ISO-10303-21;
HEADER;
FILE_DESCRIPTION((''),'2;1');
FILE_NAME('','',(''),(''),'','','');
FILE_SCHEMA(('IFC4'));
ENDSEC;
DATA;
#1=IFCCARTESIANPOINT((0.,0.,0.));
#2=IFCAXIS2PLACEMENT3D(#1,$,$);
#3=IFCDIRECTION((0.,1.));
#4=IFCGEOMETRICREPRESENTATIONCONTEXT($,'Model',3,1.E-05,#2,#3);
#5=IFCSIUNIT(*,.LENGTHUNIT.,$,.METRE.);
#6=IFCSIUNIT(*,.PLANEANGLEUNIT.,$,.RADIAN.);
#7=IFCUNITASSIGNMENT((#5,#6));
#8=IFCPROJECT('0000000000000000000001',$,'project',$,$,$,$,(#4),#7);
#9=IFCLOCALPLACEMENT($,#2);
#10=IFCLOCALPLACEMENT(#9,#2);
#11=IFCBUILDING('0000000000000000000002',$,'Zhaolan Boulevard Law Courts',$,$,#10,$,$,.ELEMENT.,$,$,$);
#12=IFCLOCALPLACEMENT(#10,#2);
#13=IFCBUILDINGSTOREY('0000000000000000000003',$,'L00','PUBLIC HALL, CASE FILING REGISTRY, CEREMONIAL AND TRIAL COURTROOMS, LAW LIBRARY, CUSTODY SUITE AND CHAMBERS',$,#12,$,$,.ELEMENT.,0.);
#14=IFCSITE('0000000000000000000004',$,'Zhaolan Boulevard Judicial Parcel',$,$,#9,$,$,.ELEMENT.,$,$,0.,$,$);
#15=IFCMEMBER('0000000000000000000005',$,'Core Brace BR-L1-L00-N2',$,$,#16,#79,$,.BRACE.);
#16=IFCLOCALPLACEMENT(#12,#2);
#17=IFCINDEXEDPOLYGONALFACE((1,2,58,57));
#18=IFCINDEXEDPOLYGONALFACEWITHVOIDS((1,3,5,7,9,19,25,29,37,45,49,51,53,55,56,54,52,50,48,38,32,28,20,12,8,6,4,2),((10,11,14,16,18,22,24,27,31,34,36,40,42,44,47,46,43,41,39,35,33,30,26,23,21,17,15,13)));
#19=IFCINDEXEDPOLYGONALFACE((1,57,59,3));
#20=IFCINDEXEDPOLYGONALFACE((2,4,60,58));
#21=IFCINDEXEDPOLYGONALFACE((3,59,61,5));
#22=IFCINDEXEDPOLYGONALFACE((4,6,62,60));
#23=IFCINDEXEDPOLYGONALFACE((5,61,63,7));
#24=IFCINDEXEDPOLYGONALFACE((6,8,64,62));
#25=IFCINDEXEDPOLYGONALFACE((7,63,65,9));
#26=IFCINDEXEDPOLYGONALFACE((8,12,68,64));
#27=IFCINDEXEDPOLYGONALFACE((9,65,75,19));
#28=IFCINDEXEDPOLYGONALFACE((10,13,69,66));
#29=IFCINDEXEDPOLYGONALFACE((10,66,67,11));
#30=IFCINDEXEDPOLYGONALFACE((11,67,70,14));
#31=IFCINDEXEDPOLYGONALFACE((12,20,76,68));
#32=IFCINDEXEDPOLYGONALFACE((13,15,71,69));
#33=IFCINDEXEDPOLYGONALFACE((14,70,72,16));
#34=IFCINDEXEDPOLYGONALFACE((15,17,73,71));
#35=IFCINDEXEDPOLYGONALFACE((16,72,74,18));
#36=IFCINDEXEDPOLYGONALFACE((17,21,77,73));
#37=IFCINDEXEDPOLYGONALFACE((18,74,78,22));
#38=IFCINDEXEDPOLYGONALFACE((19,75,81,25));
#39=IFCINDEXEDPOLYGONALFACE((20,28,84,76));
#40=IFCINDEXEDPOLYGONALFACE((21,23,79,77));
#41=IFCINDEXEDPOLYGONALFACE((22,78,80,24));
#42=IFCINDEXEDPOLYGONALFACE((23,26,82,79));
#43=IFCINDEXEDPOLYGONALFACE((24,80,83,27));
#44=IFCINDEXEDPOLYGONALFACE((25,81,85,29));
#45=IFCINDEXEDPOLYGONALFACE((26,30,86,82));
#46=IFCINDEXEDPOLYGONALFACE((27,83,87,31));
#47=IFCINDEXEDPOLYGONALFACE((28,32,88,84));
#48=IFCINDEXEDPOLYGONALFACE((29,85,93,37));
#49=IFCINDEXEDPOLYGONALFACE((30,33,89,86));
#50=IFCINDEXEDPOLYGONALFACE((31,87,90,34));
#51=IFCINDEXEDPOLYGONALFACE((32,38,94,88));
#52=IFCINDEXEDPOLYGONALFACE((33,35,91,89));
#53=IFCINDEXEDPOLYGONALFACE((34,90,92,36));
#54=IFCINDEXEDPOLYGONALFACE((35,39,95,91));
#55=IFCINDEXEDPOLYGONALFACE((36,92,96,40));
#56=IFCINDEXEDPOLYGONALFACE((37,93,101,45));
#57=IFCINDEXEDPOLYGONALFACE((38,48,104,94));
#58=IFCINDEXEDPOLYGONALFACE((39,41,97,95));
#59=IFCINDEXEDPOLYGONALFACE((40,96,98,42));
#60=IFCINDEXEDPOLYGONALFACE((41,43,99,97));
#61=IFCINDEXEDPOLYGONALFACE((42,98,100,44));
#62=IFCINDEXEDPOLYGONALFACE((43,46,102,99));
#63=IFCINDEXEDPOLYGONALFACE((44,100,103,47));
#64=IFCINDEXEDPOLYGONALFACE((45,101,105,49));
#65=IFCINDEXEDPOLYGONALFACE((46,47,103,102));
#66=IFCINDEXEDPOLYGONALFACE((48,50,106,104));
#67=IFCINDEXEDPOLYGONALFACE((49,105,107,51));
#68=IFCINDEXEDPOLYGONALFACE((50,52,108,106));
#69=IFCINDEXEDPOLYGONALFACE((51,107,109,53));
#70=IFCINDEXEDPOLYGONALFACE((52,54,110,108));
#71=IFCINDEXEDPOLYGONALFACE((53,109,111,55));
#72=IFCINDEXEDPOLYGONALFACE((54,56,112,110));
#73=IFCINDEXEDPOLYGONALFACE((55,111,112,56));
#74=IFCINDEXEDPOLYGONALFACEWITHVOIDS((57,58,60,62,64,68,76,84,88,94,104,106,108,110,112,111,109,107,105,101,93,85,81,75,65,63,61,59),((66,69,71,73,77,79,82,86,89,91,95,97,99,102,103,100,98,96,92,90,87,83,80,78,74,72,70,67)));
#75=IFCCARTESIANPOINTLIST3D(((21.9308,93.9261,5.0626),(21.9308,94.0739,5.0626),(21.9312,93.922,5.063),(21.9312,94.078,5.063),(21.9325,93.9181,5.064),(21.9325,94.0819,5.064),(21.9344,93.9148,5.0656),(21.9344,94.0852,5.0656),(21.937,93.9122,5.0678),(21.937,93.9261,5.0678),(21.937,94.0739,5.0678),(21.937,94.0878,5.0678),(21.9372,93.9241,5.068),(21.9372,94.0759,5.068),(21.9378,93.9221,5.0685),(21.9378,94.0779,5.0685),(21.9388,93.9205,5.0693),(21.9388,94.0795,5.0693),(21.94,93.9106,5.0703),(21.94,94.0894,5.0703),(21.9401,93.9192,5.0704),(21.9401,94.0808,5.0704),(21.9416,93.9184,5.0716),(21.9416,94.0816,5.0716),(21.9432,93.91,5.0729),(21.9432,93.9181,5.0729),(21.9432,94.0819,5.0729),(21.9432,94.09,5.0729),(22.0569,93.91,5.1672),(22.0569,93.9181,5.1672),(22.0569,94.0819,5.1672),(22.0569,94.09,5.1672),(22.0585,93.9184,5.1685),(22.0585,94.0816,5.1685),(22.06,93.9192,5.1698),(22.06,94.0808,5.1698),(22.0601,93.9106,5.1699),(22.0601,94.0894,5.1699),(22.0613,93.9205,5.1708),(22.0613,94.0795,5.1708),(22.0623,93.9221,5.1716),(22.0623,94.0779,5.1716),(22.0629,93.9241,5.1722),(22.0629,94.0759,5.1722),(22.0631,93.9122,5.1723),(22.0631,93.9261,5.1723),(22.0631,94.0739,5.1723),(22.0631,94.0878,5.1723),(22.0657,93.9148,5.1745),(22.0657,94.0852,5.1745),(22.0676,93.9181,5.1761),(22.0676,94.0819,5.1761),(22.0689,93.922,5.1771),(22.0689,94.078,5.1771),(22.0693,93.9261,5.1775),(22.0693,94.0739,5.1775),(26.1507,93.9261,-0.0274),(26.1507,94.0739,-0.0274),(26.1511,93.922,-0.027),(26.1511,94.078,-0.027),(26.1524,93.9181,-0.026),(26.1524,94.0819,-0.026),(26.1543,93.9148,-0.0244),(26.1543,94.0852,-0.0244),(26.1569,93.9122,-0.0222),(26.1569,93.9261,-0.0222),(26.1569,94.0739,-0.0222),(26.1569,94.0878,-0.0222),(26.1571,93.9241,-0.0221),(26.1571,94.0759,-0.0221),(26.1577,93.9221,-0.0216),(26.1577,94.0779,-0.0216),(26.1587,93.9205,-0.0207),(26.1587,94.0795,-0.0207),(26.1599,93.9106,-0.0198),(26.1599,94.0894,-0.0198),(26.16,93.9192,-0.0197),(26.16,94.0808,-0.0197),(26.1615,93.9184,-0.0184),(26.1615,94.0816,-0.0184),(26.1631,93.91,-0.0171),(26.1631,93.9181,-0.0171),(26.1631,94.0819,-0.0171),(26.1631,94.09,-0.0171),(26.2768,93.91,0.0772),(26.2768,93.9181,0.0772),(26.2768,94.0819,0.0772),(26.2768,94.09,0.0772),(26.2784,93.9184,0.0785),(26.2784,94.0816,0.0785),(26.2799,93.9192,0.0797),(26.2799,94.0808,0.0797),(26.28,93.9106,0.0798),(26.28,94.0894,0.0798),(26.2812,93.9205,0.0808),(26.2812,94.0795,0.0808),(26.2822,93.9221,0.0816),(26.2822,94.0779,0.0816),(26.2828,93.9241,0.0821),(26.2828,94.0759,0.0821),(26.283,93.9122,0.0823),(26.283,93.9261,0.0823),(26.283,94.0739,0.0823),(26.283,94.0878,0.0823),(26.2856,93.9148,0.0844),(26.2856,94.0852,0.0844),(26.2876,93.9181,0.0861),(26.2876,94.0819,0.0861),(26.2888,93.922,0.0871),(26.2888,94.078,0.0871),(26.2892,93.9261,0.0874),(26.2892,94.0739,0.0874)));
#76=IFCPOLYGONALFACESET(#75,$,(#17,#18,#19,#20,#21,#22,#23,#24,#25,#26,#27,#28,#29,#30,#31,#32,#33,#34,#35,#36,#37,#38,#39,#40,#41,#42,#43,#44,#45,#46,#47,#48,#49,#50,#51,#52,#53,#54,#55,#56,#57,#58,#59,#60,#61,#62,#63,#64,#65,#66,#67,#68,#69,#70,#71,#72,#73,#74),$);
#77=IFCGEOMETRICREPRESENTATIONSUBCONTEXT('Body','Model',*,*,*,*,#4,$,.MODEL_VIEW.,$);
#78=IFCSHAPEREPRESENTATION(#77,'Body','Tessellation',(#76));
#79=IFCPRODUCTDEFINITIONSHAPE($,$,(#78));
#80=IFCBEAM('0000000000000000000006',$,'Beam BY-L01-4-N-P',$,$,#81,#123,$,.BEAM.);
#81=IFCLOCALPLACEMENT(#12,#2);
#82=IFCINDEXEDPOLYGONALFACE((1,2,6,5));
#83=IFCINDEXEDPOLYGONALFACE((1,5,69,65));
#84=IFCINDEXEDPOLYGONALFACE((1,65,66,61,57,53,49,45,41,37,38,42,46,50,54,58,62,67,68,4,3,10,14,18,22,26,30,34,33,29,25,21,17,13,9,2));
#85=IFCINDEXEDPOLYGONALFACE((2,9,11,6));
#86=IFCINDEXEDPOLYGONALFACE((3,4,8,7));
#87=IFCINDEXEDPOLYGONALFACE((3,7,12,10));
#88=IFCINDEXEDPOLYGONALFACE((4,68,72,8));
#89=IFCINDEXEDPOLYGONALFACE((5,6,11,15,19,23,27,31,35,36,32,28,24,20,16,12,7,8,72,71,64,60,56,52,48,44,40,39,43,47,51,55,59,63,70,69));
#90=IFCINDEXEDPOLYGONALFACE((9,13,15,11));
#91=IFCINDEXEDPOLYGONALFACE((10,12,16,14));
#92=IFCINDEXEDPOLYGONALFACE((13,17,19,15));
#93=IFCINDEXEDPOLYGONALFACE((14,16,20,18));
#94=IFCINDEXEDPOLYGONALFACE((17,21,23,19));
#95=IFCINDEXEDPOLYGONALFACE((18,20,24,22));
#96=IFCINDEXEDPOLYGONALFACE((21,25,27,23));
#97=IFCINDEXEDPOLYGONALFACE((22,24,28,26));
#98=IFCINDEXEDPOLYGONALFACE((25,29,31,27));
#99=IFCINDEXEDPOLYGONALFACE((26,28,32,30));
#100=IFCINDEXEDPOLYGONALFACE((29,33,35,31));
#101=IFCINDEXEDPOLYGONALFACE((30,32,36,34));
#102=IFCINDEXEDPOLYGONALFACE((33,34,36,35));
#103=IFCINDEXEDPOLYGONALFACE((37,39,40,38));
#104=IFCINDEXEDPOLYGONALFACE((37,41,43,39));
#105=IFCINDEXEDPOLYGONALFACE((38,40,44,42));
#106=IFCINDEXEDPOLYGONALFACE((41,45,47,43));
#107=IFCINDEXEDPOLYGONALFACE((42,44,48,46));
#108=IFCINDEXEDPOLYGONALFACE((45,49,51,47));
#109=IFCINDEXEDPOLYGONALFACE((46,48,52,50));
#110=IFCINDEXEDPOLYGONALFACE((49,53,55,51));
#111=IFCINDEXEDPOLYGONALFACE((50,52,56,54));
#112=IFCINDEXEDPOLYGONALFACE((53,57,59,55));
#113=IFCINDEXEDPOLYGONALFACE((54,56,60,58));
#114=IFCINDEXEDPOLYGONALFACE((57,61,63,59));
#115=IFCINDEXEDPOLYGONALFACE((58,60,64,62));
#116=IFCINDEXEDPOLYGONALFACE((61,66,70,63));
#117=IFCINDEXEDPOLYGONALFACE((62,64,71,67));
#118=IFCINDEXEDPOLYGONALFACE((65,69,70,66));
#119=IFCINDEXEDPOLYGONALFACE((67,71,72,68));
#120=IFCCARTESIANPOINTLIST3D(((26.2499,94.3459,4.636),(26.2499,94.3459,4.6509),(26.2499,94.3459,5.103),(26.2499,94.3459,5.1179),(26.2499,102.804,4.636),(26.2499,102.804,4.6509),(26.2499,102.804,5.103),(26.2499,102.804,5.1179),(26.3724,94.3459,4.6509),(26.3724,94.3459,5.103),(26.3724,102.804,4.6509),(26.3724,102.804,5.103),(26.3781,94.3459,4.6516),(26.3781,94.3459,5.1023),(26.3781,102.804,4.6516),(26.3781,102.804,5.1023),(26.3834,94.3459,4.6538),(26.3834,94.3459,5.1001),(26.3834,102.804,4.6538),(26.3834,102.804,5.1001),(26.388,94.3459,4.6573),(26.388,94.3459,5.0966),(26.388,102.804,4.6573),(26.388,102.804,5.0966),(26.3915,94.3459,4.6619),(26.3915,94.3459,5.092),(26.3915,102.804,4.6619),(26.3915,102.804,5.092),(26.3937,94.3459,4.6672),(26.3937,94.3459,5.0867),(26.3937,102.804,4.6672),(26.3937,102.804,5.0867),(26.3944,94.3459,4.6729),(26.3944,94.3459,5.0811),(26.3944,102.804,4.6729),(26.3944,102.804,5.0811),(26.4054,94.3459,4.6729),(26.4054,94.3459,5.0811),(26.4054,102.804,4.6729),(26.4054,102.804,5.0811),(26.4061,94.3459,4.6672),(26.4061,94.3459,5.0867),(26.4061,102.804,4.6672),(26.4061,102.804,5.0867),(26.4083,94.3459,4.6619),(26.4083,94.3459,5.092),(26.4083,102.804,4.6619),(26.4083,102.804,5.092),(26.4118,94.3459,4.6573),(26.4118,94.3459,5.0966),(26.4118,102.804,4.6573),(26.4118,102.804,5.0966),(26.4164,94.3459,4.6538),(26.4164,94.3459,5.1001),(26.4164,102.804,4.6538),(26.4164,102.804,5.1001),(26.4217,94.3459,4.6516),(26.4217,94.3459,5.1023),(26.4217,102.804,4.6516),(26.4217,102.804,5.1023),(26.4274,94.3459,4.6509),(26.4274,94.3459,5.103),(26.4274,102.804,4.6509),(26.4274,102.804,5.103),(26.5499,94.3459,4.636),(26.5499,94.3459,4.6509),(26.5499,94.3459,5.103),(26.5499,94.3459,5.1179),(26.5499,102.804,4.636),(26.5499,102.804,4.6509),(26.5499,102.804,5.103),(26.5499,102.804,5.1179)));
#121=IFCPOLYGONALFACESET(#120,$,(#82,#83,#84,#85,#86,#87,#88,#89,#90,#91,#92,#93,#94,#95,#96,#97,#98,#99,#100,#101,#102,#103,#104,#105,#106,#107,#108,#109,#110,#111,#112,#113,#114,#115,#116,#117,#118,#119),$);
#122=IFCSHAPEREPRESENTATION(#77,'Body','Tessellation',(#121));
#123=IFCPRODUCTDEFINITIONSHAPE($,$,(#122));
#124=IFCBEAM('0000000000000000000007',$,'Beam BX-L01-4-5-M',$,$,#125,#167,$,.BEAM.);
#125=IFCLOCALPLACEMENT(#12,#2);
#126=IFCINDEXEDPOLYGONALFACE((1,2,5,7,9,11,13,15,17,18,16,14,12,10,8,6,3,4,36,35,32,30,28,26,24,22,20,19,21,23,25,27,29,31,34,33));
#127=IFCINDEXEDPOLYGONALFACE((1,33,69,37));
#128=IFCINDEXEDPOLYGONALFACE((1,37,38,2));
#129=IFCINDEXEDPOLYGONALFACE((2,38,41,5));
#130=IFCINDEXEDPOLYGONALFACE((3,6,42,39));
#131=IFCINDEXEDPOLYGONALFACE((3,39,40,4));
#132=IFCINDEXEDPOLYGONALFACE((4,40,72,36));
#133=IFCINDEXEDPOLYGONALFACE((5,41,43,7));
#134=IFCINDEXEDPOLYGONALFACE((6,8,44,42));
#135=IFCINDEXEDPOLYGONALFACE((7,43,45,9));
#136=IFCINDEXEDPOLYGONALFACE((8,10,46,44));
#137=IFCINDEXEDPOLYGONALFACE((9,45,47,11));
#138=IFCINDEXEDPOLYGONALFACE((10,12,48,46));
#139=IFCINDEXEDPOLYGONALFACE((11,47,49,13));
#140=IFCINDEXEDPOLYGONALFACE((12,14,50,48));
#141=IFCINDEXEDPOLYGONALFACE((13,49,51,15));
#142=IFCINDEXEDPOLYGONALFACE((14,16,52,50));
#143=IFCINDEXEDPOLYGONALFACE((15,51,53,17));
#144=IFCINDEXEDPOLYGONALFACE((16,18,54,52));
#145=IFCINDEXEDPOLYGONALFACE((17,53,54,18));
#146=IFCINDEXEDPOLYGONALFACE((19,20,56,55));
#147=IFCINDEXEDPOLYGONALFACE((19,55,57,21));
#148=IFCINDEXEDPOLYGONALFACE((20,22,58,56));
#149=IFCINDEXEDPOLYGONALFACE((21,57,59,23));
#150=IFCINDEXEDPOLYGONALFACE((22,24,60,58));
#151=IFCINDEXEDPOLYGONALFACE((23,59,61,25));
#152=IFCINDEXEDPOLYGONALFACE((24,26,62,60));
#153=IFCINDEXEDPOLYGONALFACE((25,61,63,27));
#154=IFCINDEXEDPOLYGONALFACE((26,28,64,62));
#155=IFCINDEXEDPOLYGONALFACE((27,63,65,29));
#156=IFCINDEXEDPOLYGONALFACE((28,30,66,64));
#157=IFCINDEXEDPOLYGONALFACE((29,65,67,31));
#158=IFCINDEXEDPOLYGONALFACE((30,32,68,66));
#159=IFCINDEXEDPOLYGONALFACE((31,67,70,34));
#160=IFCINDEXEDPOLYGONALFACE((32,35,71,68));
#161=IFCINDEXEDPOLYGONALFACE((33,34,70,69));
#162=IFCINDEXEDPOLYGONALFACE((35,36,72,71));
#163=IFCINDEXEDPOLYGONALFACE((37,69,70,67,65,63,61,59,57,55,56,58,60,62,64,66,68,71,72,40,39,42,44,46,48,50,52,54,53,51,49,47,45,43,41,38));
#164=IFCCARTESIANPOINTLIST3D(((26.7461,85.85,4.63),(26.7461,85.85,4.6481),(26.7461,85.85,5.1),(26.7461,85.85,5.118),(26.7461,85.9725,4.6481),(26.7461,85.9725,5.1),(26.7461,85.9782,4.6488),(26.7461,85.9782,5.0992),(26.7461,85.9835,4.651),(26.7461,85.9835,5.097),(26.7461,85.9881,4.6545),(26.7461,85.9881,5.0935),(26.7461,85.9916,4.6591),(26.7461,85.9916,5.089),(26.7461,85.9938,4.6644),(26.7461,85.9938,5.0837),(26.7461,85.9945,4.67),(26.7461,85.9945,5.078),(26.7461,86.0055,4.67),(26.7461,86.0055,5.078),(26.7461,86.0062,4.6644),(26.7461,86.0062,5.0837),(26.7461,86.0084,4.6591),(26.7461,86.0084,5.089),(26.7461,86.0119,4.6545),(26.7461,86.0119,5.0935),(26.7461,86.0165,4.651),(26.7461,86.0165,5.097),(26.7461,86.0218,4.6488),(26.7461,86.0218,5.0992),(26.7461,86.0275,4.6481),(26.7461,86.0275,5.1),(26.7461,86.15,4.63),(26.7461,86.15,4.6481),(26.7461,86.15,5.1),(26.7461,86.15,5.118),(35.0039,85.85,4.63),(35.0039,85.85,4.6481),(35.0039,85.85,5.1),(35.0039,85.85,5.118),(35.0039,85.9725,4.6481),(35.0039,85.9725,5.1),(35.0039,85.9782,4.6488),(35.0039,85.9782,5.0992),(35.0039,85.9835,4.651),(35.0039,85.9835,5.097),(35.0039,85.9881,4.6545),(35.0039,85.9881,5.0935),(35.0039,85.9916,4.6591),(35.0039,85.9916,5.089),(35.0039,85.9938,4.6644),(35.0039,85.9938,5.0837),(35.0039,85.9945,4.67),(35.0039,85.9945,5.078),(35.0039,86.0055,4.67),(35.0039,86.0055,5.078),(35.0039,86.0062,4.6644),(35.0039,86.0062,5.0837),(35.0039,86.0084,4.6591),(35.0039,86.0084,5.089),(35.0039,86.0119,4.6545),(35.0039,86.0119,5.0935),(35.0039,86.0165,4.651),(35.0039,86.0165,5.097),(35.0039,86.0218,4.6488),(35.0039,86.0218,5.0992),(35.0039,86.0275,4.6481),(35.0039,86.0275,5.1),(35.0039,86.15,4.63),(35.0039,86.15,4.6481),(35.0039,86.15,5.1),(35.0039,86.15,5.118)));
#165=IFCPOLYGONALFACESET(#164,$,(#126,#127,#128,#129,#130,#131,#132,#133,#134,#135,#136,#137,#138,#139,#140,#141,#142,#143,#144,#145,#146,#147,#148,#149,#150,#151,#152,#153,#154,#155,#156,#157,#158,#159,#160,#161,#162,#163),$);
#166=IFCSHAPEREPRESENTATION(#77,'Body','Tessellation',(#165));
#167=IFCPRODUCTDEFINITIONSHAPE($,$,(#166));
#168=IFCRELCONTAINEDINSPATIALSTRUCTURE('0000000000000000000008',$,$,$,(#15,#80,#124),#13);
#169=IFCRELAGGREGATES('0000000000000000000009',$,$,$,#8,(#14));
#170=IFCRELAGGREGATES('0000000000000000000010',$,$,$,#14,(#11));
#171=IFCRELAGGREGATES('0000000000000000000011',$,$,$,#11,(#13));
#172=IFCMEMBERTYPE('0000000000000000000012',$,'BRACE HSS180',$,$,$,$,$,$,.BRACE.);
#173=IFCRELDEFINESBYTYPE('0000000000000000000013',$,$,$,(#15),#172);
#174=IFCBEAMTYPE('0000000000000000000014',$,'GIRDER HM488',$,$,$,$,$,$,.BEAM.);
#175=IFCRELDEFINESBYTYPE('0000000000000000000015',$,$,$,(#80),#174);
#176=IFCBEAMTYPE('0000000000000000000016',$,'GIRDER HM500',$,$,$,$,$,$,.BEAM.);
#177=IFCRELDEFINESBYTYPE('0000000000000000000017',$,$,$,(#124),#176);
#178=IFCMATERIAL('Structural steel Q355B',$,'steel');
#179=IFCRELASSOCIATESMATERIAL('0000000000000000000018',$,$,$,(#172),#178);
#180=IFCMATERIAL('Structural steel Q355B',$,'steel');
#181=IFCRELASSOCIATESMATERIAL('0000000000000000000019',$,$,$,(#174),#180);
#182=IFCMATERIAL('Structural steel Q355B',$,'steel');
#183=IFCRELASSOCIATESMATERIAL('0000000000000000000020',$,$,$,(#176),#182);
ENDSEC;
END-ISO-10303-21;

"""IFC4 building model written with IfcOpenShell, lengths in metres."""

from ifc_helpers import new_model, si_unit, direction, frame, origin, origin_2d, place, context, subcontext, project, spatial, hollow_rectangle, i_section, extrude, material, material_profile, profile_set, type_object, element, save


model = new_model("IFC4")

# Units and contexts
model_context = context("Model", 3, precision=1e-05, world=origin(), true_north=direction((0.0, 1.0)))
body_context = subcontext(model_context, "Body", "Model", "MODEL_VIEW")
ifc_project = project(units=[si_unit("LENGTHUNIT", "METRE"), si_unit("PLANEANGLEUNIT", "RADIAN")], contexts=[model_context])

# Site, building, storey
site_placement = place(None, origin())
site = spatial("IfcSite", under=ifc_project, at=site_placement, Name="Zhaolan Boulevard Judicial Parcel", CompositionType="ELEMENT", RefElevation=0.0)
building_placement = place(site_placement, origin())
building = spatial("IfcBuilding", under=site, at=building_placement, Name="Zhaolan Boulevard Law Courts", CompositionType="ELEMENT")
storey_placement = place(building_placement, origin())
storey = spatial("IfcBuildingStorey", under=building, at=storey_placement, Name="L00", Description="PUBLIC HALL, CASE FILING REGISTRY, CEREMONIAL AND TRIAL COURTROOMS, LAW LIBRARY, CUSTODY SUITE AND CHAMBERS", CompositionType="ELEMENT", Elevation=0.0)

# Member
ifc_material_1 = material(Name="Structural steel Q355B", Category="steel")
ifc_material_profile_1 = material_profile(ifc_material_1, hollow_rectangle(XDim=0.1799, YDim=0.1799, WallThickness=0.0081, InnerFilletRadius=0.0081, OuterFilletRadius=0.0161, at=origin_2d()), Name="HSS180x180x8")
ifc_profile_set_1 = profile_set([ifc_material_profile_1], Name="Structural steel Q355B")
member_type_1 = type_object("IfcMemberType", Name="BRACE HSS180", PredefinedType="BRACE", material=ifc_profile_set_1)
member_1_placement = place(storey_placement, frame((26.22, 94.0, 0.03), z_axis=(-0.638239, 0.0, 0.769838), x_axis=(0.0, -1.0, 0.0)))
element("IfcMember", 1, at=member_1_placement, inside=storey, type_object=member_type_1, Name="Core Brace BR-L1-L00-N2", PredefinedType="BRACE", context=body_context, shape_type="SweptSolid", body=[
    extrude(hollow_rectangle(XDim=0.1799, YDim=0.1799, WallThickness=0.0081, InnerFilletRadius=0.0081, OuterFilletRadius=0.0161, at=origin_2d()), origin(), (0.0, 0.0, 1.0), 6.6118),
])

# Beams
ifc_material_2 = material(Name="Structural steel Q355B", Category="steel")
ifc_material_profile_2 = material_profile(ifc_material_2, i_section(OverallWidth=0.3, OverallDepth=0.4819, WebThickness=0.011, FlangeThickness=0.0149, FilletRadius=0.022, at=origin_2d()), Name="HM482x300")
ifc_profile_set_2 = profile_set([ifc_material_profile_2], Name="Structural steel Q355B")
beam_type_1 = type_object("IfcBeamType", Name="GIRDER HM488", PredefinedType="BEAM", material=ifc_profile_set_2)
beam_1_placement = place(storey_placement, frame((26.3999, 94.3459, 4.877), z_axis=(0.0, 1.0, 0.0), x_axis=(-1.0, 0.0, 0.0)))
element("IfcBeam", 2, at=beam_1_placement, inside=storey, type_object=beam_type_1, Name="Beam BY-L01-4-N-P", PredefinedType="BEAM", context=body_context, shape_type="SweptSolid", body=[
    extrude(i_section(OverallWidth=0.3, OverallDepth=0.4819, WebThickness=0.011, FlangeThickness=0.0149, FilletRadius=0.022, at=origin_2d()), origin(), (0.0, 0.0, 1.0), 8.458),
])
ifc_material_3 = material(Name="Structural steel Q355B", Category="steel")
ifc_material_profile_3 = material_profile(ifc_material_3, i_section(OverallWidth=0.3, OverallDepth=0.488, WebThickness=0.011, FlangeThickness=0.0181, FilletRadius=0.022, at=origin_2d()), Name="HM488x300")
ifc_profile_set_3 = profile_set([ifc_material_profile_3], Name="Structural steel Q355B")
beam_type_2 = type_object("IfcBeamType", Name="GIRDER HM500", PredefinedType="BEAM", material=ifc_profile_set_3)
beam_2_placement = place(storey_placement, frame((26.7461, 86.0, 4.874), z_axis=(1.0, 0.0, 0.0), x_axis=(0.0, 1.0, 0.0)))
element("IfcBeam", 3, at=beam_2_placement, inside=storey, type_object=beam_type_2, Name="Beam BX-L01-4-5-M", PredefinedType="BEAM", context=body_context, shape_type="SweptSolid", body=[
    extrude(i_section(OverallWidth=0.3, OverallDepth=0.488, WebThickness=0.011, FlangeThickness=0.0181, FilletRadius=0.022, at=origin_2d()), origin(), (0.0, 0.0, 1.0), 8.2578),
])

save(model, "model.ifc")
